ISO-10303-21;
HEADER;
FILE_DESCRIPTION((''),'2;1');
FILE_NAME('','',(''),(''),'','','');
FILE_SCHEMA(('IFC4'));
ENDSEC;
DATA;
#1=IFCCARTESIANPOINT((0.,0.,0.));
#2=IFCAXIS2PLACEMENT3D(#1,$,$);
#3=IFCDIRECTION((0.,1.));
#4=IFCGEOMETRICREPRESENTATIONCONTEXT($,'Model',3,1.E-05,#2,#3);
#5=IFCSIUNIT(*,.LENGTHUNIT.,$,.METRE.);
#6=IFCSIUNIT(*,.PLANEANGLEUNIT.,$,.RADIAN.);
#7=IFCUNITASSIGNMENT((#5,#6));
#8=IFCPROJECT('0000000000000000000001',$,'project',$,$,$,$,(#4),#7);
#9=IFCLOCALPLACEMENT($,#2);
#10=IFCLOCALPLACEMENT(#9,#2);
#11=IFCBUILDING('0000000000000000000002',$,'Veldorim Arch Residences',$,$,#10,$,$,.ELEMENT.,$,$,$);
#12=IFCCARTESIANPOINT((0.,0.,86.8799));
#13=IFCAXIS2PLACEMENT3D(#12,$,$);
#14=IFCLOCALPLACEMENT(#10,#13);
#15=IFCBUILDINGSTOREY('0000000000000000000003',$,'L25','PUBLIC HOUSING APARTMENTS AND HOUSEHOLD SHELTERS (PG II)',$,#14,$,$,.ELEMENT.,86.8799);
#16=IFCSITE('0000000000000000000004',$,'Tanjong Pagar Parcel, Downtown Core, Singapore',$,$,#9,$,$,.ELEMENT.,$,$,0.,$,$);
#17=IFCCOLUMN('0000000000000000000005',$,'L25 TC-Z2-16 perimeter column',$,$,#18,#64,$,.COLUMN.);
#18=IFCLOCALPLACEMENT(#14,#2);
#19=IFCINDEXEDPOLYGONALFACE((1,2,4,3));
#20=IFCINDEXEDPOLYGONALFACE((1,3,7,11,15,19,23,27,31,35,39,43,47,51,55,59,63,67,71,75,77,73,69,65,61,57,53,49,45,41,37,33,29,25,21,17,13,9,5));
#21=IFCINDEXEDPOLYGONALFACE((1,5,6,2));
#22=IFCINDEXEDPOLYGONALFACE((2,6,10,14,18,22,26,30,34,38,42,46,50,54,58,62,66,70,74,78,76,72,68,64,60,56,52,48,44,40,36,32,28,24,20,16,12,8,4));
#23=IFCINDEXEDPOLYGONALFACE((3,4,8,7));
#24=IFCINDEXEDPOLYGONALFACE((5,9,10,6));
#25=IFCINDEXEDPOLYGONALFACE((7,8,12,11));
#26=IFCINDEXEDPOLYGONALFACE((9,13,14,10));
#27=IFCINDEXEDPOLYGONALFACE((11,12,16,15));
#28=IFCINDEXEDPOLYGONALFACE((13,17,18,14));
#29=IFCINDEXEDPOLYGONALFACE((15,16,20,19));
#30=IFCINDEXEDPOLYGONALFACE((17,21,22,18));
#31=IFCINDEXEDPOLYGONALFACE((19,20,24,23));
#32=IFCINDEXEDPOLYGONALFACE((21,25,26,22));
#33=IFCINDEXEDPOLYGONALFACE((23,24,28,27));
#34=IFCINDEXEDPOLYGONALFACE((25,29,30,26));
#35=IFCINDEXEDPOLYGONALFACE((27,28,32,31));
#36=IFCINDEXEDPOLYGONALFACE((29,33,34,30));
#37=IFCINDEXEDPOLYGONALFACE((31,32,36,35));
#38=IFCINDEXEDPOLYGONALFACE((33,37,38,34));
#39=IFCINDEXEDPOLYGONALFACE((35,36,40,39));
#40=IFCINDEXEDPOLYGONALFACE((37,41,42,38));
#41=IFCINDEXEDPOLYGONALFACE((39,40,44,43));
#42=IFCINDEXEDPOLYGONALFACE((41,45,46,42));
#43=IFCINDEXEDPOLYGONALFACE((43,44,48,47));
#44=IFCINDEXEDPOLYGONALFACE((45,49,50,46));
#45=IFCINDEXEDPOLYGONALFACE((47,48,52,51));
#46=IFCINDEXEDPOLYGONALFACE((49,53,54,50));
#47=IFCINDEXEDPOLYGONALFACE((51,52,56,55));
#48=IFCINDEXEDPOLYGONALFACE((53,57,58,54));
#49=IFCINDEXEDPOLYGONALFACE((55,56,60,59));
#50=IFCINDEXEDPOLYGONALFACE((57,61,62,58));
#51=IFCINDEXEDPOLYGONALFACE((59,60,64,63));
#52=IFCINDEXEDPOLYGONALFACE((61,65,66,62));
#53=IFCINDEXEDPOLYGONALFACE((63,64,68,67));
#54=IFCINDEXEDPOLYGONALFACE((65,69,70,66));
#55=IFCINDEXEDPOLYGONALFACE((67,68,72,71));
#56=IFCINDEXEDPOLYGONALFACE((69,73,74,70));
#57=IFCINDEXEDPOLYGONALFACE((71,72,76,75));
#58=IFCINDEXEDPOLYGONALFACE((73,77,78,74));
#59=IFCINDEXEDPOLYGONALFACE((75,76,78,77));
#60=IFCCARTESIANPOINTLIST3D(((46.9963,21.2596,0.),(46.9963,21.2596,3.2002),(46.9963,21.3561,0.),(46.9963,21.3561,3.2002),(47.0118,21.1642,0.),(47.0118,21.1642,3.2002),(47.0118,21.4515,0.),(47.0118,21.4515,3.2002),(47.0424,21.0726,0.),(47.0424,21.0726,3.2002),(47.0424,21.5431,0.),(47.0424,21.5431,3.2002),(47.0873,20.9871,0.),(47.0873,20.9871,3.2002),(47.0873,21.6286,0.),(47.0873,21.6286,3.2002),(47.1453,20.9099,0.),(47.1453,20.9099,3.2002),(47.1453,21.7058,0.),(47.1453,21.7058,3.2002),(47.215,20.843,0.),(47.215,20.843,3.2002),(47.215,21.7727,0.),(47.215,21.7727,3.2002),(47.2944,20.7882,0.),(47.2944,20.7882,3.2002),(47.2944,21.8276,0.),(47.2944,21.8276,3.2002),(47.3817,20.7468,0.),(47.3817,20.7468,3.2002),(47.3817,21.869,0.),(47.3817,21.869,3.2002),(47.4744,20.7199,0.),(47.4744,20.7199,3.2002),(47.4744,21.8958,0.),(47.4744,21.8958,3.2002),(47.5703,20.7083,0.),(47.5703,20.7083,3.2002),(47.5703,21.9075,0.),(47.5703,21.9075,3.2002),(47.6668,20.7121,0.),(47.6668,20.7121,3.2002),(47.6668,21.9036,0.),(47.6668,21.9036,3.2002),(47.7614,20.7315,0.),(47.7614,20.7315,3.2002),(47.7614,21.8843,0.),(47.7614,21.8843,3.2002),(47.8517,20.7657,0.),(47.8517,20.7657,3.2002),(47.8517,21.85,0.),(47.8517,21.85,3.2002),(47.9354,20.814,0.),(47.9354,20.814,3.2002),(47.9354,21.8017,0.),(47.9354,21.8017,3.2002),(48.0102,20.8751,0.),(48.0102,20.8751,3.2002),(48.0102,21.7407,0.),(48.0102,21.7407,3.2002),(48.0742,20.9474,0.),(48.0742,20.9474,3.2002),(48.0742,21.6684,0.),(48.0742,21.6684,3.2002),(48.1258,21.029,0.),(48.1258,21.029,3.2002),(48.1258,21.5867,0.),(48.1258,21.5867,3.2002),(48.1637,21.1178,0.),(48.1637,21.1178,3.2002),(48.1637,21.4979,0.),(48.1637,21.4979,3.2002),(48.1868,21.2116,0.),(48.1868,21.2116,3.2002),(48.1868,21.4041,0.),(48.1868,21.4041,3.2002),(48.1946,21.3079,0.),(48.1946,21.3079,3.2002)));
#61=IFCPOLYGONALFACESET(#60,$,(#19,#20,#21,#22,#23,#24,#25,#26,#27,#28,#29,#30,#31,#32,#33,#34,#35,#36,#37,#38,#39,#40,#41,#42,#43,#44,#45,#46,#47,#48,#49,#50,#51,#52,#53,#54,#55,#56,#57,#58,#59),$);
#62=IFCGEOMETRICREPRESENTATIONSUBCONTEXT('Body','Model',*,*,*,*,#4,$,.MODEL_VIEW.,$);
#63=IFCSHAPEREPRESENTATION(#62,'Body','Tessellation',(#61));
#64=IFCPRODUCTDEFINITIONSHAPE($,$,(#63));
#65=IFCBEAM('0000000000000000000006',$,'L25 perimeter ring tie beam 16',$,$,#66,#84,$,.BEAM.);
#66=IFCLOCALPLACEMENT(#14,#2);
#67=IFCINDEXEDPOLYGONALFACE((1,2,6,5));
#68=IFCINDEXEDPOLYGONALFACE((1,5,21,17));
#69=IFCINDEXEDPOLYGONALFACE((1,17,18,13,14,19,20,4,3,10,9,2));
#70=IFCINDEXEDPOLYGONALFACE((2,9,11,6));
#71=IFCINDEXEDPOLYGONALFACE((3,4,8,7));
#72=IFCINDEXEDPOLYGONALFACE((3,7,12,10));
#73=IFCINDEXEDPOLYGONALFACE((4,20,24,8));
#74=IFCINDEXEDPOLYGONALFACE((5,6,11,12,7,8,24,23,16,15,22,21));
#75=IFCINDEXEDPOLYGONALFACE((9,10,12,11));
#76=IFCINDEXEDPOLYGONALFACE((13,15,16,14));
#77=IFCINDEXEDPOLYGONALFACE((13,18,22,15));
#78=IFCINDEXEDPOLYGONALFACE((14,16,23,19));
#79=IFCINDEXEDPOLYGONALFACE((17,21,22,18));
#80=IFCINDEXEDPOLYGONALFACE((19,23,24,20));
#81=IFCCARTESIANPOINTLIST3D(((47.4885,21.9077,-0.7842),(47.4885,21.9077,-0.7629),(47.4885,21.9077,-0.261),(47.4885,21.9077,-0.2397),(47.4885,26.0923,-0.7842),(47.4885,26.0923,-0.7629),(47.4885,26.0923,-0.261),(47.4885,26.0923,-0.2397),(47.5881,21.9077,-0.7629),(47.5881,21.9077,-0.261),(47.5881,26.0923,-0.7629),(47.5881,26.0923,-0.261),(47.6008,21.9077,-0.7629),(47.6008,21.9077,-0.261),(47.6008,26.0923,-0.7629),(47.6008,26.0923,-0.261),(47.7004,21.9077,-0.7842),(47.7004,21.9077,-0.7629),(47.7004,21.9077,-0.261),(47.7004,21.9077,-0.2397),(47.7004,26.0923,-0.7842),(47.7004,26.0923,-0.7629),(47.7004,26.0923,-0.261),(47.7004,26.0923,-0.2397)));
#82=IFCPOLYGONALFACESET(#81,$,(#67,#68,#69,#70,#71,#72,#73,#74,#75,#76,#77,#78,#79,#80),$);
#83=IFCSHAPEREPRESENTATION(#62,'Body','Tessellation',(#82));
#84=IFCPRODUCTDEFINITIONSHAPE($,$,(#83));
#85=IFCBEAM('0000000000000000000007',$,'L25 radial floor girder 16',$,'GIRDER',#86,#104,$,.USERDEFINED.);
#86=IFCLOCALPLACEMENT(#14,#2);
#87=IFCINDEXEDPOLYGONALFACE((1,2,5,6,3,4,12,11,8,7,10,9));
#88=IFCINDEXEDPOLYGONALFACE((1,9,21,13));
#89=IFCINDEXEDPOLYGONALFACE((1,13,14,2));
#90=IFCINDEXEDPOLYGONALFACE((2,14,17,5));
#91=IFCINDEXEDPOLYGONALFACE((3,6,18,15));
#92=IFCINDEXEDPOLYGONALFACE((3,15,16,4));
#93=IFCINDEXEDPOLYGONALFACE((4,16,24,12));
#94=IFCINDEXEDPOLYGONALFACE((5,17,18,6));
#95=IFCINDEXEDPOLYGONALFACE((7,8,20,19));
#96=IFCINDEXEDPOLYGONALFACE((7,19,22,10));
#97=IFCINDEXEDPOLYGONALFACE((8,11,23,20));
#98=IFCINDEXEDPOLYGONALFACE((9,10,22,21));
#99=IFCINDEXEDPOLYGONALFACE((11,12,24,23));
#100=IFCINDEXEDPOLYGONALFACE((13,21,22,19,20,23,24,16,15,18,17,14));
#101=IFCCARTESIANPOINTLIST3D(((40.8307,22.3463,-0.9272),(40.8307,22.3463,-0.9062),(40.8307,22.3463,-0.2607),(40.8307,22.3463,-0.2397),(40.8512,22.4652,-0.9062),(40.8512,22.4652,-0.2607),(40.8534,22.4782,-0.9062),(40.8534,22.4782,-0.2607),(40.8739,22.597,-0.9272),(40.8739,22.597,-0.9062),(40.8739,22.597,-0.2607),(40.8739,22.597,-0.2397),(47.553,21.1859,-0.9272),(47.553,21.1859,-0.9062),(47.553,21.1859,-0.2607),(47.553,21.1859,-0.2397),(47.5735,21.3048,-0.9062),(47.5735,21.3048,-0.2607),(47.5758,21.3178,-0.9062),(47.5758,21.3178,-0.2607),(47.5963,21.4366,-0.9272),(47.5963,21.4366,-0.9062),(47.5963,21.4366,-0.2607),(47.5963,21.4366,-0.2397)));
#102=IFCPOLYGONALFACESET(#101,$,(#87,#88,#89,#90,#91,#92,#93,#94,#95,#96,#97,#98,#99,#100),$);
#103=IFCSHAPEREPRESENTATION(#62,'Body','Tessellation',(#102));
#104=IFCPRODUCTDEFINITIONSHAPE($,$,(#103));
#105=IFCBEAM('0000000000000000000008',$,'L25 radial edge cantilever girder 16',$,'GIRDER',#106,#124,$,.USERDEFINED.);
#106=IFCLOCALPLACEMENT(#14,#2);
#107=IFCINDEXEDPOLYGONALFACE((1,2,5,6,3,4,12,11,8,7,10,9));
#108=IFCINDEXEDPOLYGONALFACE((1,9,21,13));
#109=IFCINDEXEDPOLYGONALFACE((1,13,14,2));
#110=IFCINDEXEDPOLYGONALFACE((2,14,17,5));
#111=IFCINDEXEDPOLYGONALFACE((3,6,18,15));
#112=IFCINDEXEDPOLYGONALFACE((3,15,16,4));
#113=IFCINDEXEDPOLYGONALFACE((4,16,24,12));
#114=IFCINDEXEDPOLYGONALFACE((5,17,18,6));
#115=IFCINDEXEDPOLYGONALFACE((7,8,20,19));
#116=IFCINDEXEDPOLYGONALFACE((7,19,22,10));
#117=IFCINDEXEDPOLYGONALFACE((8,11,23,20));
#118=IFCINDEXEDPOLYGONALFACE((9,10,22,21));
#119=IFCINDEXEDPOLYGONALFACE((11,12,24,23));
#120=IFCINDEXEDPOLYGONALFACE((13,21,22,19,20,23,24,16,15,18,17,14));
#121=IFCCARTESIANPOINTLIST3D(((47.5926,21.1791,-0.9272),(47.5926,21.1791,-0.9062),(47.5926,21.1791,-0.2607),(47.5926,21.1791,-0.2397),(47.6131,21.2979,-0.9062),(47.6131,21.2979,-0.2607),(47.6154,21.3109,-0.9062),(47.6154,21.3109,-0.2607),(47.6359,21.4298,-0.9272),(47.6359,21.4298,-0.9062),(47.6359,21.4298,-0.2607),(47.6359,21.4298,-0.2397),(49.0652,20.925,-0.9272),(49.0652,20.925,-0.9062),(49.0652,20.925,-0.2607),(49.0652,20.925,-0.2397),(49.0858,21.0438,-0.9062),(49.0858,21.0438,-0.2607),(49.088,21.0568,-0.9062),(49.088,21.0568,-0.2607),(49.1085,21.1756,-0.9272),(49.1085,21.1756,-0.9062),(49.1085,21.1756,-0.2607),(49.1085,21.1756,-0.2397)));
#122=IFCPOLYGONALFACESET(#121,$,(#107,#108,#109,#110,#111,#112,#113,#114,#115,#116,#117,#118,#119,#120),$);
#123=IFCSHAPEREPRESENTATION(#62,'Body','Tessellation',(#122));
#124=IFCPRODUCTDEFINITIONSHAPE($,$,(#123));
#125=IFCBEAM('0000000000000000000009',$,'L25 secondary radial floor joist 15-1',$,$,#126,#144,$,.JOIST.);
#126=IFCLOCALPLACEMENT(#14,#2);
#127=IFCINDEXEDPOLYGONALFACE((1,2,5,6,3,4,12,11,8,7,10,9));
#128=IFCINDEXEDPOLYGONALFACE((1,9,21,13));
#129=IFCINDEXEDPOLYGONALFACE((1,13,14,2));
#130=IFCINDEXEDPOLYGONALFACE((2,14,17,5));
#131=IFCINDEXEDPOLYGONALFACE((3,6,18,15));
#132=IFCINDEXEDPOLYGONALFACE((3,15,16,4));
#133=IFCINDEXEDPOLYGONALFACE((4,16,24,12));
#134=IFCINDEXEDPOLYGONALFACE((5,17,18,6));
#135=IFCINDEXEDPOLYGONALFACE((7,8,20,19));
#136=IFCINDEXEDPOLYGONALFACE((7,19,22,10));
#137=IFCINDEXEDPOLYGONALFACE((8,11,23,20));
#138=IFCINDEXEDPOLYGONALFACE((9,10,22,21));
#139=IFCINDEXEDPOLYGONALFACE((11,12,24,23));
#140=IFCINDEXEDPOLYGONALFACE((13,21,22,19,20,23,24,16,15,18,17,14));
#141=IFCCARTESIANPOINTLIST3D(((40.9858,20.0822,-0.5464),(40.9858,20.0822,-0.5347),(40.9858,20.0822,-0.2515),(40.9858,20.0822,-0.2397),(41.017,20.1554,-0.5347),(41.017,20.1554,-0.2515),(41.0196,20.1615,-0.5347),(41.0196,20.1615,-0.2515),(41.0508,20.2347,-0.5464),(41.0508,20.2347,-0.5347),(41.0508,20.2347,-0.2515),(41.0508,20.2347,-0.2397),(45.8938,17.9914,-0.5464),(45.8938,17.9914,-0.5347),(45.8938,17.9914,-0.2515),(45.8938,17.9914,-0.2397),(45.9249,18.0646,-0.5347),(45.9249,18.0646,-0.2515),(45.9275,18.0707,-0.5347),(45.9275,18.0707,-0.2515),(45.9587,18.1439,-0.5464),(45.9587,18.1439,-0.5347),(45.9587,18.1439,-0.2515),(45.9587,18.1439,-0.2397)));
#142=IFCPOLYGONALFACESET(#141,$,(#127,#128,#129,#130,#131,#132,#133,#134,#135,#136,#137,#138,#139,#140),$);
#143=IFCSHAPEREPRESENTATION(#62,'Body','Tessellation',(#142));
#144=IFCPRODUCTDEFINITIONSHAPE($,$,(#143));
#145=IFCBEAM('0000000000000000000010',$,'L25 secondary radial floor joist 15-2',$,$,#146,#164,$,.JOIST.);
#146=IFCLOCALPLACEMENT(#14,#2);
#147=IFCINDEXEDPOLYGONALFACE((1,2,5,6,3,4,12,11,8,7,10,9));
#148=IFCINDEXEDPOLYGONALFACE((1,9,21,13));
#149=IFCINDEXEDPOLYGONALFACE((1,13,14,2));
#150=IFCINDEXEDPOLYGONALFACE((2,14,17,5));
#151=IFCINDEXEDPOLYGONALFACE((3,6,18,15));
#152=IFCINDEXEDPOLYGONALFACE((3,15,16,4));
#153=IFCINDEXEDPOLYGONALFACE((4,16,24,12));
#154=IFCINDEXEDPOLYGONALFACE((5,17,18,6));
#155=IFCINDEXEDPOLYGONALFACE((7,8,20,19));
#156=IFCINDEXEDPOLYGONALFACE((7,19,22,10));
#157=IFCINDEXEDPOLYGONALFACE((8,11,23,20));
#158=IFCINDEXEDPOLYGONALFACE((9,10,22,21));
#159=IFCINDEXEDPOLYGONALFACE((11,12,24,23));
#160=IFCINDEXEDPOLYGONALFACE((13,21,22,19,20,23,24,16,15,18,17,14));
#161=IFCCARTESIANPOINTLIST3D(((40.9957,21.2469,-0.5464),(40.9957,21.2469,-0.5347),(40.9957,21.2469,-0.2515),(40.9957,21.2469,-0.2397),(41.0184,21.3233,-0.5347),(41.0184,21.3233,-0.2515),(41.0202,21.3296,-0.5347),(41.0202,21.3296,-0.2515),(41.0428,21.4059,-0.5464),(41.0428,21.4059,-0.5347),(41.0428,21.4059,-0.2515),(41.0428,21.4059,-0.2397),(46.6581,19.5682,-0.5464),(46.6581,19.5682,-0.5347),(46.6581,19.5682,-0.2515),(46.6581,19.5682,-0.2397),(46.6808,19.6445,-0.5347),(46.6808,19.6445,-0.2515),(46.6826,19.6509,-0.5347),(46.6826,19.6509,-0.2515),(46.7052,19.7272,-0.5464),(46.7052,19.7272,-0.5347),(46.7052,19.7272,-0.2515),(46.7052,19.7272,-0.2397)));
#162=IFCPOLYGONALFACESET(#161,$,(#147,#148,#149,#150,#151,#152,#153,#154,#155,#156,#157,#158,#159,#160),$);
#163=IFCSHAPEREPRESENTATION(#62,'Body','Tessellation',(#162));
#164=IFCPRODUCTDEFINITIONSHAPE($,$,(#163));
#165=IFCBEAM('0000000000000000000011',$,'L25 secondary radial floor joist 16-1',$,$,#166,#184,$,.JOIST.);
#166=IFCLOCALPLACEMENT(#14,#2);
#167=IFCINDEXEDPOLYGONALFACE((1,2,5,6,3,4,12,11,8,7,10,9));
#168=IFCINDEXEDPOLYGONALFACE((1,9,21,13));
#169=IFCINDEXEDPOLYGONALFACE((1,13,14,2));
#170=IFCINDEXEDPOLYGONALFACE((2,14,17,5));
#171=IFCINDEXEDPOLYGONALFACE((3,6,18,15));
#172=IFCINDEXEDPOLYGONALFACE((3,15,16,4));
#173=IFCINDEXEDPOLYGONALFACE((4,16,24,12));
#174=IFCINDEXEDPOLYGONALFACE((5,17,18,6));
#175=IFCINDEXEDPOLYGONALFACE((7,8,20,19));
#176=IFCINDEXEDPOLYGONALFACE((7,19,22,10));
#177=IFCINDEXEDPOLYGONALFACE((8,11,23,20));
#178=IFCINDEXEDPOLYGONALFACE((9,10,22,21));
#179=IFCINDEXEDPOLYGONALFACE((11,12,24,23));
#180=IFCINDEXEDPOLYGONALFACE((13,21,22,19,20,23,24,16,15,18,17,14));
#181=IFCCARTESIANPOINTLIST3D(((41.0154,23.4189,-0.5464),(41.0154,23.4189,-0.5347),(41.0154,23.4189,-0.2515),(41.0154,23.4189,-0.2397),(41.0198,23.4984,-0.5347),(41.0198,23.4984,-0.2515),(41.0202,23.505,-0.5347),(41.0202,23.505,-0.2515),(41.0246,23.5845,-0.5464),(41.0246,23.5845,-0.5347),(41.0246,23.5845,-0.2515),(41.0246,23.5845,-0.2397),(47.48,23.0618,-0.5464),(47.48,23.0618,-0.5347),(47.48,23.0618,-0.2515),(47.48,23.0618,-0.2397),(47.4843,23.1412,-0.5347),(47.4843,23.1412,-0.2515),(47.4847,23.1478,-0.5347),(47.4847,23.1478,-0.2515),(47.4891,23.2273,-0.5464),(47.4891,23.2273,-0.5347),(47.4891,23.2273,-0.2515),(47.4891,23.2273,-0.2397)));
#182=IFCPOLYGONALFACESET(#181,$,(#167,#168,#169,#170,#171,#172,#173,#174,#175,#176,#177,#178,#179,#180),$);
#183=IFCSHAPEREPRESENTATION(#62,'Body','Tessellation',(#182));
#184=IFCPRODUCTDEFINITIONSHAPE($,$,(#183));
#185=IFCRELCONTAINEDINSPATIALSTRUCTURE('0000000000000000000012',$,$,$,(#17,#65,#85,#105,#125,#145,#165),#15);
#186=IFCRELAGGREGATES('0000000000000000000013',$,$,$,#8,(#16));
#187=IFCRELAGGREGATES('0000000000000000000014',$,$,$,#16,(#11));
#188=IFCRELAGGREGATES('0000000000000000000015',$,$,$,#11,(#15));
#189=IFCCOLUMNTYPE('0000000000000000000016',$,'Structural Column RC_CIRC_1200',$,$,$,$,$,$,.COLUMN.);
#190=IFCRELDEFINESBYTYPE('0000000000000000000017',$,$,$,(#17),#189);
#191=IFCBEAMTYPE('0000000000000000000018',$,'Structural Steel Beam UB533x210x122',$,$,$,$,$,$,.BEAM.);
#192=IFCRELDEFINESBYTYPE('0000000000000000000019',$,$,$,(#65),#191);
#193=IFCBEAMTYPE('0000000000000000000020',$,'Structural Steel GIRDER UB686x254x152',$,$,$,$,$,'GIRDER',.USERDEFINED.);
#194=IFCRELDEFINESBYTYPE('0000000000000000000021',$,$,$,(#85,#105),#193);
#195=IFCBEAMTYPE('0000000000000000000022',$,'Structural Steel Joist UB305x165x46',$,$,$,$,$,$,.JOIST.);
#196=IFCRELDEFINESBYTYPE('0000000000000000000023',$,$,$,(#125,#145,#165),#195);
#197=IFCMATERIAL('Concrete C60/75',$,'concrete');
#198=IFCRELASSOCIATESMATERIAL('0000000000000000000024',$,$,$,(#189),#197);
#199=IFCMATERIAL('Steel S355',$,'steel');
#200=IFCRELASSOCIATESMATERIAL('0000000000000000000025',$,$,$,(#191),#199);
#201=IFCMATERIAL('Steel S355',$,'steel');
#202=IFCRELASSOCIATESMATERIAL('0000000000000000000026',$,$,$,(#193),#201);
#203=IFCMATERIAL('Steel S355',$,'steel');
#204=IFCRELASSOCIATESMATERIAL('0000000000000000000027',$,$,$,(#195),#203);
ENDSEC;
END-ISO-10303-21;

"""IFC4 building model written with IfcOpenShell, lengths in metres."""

from ifc_helpers import new_model, si_unit, direction, frame, origin, origin_2d, place, context, subcontext, project, spatial, circle, i_section, extrude, material, material_profile, profile_set, type_object, element, save


model = new_model("IFC4")

# Units and contexts
model_context = context("Model", 3, precision=1e-05, world=origin(), true_north=direction((0.0, 1.0)))
body_context = subcontext(model_context, "Body", "Model", "MODEL_VIEW")
ifc_project = project(units=[si_unit("LENGTHUNIT", "METRE"), si_unit("PLANEANGLEUNIT", "RADIAN")], contexts=[model_context])

# Site, building, storey
site_placement = place(None, origin())
site = spatial("IfcSite", under=ifc_project, at=site_placement, Name="Tanjong Pagar Parcel, Downtown Core, Singapore", CompositionType="ELEMENT", RefElevation=0.0)
building_placement = place(site_placement, origin())
building = spatial("IfcBuilding", under=site, at=building_placement, Name="Veldorim Arch Residences", CompositionType="ELEMENT")
storey_placement = place(building_placement, frame((0.0, 0.0, 86.8799)))
storey = spatial("IfcBuildingStorey", under=building, at=storey_placement, Name="L25", Description="PUBLIC HOUSING APARTMENTS AND HOUSEHOLD SHELTERS (PG II)", CompositionType="ELEMENT", Elevation=86.8799)

# Column
ifc_material_1 = material(Name="Concrete C60/75", Category="concrete")
ifc_material_profile_1 = material_profile(ifc_material_1, circle(Radius=0.6001, at=origin_2d()), Name="RC_CIRC_1200")
ifc_profile_set_1 = profile_set([ifc_material_profile_1], Name="Concrete C60/75")
column_type = type_object("IfcColumnType", Name="Structural Column RC_CIRC_1200", PredefinedType="COLUMN", material=ifc_profile_set_1)
column_placement = place(storey_placement, frame((47.5945, 21.3079, 0.0), z_axis=(0.0, 0.0, 1.0), x_axis=(1.0, 0.0, 0.0)))
element("IfcColumn", 1, at=column_placement, inside=storey, type_object=column_type, Name="L25 TC-Z2-16 perimeter column", PredefinedType="COLUMN", context=body_context, shape_type="SweptSolid", body=[
    extrude(circle(Radius=0.6001, at=origin_2d()), origin(), (0.0, 0.0, 1.0), 3.2002),
])

# Beams
ifc_material_2 = material(Name="Steel S355", Category="steel")
ifc_material_profile_2 = material_profile(ifc_material_2, i_section(OverallWidth=0.2119, OverallDepth=0.5444, WebThickness=0.0127, FlangeThickness=0.0212, at=origin_2d()), Name="UB533x210x122")
ifc_profile_set_2 = profile_set([ifc_material_profile_2], Name="Steel S355")
beam_type_1 = type_object("IfcBeamType", Name="Structural Steel Beam UB533x210x122", PredefinedType="BEAM", material=ifc_profile_set_2)
beam_1_placement = place(storey_placement, frame((47.5945, 21.9077, -0.512), z_axis=(0.0, 1.0, 0.0), x_axis=(-1.0, 0.0, 0.0)))
element("IfcBeam", 2, at=beam_1_placement, inside=storey, type_object=beam_type_1, Name="L25 perimeter ring tie beam 16", PredefinedType="BEAM", context=body_context, shape_type="SweptSolid", body=[
    extrude(i_section(OverallWidth=0.2119, OverallDepth=0.5444, WebThickness=0.0127, FlangeThickness=0.0212, at=origin_2d()), origin(), (0.0, 0.0, 1.0), 4.1846),
])
ifc_material_3 = material(Name="Steel S355", Category="steel")
ifc_material_profile_3 = material_profile(ifc_material_3, i_section(OverallWidth=0.2544, OverallDepth=0.6875, WebThickness=0.0132, FlangeThickness=0.021, at=origin_2d()), Name="UB686x254x152")
ifc_profile_set_3 = profile_set([ifc_material_profile_3], Name="Steel S355")
beam_type_2 = type_object("IfcBeamType", Name="Structural Steel GIRDER UB686x254x152", ElementType="GIRDER", PredefinedType="USERDEFINED", material=ifc_profile_set_3)
beam_2_placement = place(storey_placement, frame((40.8523, 22.4717, -0.5835), z_axis=(0.985427, -0.170101, 0.0), x_axis=(0.170101, 0.985427, 0.0)))
element("IfcBeam", 3, at=beam_2_placement, inside=storey, type_object=beam_type_2, Name="L25 radial floor girder 16", ObjectType="GIRDER", PredefinedType="USERDEFINED", context=body_context, shape_type="SweptSolid", body=[
    extrude(i_section(OverallWidth=0.2544, OverallDepth=0.6875, WebThickness=0.0132, FlangeThickness=0.021, at=origin_2d()), origin(), (0.0, 0.0, 1.0), 6.8218),
])
beam_3_placement = place(storey_placement, frame((47.6143, 21.3044, -0.5835), z_axis=(0.985433, -0.170066, 0.0), x_axis=(0.170066, 0.985433, 0.0)))
element("IfcBeam", 4, at=beam_3_placement, inside=storey, type_object=beam_type_2, Name="L25 radial edge cantilever girder 16", ObjectType="GIRDER", PredefinedType="USERDEFINED", context=body_context, shape_type="SweptSolid", body=[
    extrude(i_section(OverallWidth=0.2544, OverallDepth=0.6875, WebThickness=0.0132, FlangeThickness=0.021, at=origin_2d()), origin(), (0.0, 0.0, 1.0), 1.4944),
])
ifc_material_4 = material(Name="Steel S355", Category="steel")
ifc_material_profile_4 = material_profile(ifc_material_4, i_section(OverallWidth=0.1658, OverallDepth=0.3066, WebThickness=0.0066, FlangeThickness=0.0117, at=origin_2d()), Name="UB305x165x46")
ifc_profile_set_4 = profile_set([ifc_material_profile_4], Name="Steel S355")
beam_type_3 = type_object("IfcBeamType", Name="Structural Steel Joist UB305x165x46", PredefinedType="JOIST", material=ifc_profile_set_4)
beam_4_placement = place(storey_placement, frame((41.0183, 20.1584, -0.3931), z_axis=(0.919997, -0.391924, 0.0), x_axis=(0.391924, 0.919997, 0.0)))
element("IfcBeam", 5, at=beam_4_placement, inside=storey, type_object=beam_type_3, Name="L25 secondary radial floor joist 15-1", PredefinedType="JOIST", context=body_context, shape_type="SweptSolid", body=[
    extrude(i_section(OverallWidth=0.1658, OverallDepth=0.3066, WebThickness=0.0066, FlangeThickness=0.0117, at=origin_2d()), origin(), (0.0, 0.0, 1.0), 5.3347),
])
beam_5_placement = place(storey_placement, frame((41.0193, 21.3264, -0.3931), z_axis=(0.958753, -0.28424, 0.0), x_axis=(0.28424, 0.958753, 0.0)))
element("IfcBeam", 6, at=beam_5_placement, inside=storey, type_object=beam_type_3, Name="L25 secondary radial floor joist 15-2", PredefinedType="JOIST", context=body_context, shape_type="SweptSolid", body=[
    extrude(i_section(OverallWidth=0.1658, OverallDepth=0.3066, WebThickness=0.0066, FlangeThickness=0.0117, at=origin_2d()), origin(), (0.0, 0.0, 1.0), 5.906),
])
for number, where, z_axis, x_axis, name in (
    (7, (41.02, 23.5017, -0.3931), (0.998477, -0.055167, 0.0), (0.055167, 0.998477, 0.0), "L25 secondary radial floor joist 16-1"),
):
    element("IfcBeam", number, at=place(storey_placement, frame(where, z_axis=z_axis, x_axis=x_axis)), inside=storey, type_object=beam_type_3, Name=name, PredefinedType="JOIST", context=body_context, shape_type="SweptSolid", body=[
        extrude(i_section(OverallWidth=0.1658, OverallDepth=0.3066, WebThickness=0.0066, FlangeThickness=0.0117, at=origin_2d()), origin(), (0.0, 0.0, 1.0), 6.4744),
    ])

save(model, "model.ifc")
